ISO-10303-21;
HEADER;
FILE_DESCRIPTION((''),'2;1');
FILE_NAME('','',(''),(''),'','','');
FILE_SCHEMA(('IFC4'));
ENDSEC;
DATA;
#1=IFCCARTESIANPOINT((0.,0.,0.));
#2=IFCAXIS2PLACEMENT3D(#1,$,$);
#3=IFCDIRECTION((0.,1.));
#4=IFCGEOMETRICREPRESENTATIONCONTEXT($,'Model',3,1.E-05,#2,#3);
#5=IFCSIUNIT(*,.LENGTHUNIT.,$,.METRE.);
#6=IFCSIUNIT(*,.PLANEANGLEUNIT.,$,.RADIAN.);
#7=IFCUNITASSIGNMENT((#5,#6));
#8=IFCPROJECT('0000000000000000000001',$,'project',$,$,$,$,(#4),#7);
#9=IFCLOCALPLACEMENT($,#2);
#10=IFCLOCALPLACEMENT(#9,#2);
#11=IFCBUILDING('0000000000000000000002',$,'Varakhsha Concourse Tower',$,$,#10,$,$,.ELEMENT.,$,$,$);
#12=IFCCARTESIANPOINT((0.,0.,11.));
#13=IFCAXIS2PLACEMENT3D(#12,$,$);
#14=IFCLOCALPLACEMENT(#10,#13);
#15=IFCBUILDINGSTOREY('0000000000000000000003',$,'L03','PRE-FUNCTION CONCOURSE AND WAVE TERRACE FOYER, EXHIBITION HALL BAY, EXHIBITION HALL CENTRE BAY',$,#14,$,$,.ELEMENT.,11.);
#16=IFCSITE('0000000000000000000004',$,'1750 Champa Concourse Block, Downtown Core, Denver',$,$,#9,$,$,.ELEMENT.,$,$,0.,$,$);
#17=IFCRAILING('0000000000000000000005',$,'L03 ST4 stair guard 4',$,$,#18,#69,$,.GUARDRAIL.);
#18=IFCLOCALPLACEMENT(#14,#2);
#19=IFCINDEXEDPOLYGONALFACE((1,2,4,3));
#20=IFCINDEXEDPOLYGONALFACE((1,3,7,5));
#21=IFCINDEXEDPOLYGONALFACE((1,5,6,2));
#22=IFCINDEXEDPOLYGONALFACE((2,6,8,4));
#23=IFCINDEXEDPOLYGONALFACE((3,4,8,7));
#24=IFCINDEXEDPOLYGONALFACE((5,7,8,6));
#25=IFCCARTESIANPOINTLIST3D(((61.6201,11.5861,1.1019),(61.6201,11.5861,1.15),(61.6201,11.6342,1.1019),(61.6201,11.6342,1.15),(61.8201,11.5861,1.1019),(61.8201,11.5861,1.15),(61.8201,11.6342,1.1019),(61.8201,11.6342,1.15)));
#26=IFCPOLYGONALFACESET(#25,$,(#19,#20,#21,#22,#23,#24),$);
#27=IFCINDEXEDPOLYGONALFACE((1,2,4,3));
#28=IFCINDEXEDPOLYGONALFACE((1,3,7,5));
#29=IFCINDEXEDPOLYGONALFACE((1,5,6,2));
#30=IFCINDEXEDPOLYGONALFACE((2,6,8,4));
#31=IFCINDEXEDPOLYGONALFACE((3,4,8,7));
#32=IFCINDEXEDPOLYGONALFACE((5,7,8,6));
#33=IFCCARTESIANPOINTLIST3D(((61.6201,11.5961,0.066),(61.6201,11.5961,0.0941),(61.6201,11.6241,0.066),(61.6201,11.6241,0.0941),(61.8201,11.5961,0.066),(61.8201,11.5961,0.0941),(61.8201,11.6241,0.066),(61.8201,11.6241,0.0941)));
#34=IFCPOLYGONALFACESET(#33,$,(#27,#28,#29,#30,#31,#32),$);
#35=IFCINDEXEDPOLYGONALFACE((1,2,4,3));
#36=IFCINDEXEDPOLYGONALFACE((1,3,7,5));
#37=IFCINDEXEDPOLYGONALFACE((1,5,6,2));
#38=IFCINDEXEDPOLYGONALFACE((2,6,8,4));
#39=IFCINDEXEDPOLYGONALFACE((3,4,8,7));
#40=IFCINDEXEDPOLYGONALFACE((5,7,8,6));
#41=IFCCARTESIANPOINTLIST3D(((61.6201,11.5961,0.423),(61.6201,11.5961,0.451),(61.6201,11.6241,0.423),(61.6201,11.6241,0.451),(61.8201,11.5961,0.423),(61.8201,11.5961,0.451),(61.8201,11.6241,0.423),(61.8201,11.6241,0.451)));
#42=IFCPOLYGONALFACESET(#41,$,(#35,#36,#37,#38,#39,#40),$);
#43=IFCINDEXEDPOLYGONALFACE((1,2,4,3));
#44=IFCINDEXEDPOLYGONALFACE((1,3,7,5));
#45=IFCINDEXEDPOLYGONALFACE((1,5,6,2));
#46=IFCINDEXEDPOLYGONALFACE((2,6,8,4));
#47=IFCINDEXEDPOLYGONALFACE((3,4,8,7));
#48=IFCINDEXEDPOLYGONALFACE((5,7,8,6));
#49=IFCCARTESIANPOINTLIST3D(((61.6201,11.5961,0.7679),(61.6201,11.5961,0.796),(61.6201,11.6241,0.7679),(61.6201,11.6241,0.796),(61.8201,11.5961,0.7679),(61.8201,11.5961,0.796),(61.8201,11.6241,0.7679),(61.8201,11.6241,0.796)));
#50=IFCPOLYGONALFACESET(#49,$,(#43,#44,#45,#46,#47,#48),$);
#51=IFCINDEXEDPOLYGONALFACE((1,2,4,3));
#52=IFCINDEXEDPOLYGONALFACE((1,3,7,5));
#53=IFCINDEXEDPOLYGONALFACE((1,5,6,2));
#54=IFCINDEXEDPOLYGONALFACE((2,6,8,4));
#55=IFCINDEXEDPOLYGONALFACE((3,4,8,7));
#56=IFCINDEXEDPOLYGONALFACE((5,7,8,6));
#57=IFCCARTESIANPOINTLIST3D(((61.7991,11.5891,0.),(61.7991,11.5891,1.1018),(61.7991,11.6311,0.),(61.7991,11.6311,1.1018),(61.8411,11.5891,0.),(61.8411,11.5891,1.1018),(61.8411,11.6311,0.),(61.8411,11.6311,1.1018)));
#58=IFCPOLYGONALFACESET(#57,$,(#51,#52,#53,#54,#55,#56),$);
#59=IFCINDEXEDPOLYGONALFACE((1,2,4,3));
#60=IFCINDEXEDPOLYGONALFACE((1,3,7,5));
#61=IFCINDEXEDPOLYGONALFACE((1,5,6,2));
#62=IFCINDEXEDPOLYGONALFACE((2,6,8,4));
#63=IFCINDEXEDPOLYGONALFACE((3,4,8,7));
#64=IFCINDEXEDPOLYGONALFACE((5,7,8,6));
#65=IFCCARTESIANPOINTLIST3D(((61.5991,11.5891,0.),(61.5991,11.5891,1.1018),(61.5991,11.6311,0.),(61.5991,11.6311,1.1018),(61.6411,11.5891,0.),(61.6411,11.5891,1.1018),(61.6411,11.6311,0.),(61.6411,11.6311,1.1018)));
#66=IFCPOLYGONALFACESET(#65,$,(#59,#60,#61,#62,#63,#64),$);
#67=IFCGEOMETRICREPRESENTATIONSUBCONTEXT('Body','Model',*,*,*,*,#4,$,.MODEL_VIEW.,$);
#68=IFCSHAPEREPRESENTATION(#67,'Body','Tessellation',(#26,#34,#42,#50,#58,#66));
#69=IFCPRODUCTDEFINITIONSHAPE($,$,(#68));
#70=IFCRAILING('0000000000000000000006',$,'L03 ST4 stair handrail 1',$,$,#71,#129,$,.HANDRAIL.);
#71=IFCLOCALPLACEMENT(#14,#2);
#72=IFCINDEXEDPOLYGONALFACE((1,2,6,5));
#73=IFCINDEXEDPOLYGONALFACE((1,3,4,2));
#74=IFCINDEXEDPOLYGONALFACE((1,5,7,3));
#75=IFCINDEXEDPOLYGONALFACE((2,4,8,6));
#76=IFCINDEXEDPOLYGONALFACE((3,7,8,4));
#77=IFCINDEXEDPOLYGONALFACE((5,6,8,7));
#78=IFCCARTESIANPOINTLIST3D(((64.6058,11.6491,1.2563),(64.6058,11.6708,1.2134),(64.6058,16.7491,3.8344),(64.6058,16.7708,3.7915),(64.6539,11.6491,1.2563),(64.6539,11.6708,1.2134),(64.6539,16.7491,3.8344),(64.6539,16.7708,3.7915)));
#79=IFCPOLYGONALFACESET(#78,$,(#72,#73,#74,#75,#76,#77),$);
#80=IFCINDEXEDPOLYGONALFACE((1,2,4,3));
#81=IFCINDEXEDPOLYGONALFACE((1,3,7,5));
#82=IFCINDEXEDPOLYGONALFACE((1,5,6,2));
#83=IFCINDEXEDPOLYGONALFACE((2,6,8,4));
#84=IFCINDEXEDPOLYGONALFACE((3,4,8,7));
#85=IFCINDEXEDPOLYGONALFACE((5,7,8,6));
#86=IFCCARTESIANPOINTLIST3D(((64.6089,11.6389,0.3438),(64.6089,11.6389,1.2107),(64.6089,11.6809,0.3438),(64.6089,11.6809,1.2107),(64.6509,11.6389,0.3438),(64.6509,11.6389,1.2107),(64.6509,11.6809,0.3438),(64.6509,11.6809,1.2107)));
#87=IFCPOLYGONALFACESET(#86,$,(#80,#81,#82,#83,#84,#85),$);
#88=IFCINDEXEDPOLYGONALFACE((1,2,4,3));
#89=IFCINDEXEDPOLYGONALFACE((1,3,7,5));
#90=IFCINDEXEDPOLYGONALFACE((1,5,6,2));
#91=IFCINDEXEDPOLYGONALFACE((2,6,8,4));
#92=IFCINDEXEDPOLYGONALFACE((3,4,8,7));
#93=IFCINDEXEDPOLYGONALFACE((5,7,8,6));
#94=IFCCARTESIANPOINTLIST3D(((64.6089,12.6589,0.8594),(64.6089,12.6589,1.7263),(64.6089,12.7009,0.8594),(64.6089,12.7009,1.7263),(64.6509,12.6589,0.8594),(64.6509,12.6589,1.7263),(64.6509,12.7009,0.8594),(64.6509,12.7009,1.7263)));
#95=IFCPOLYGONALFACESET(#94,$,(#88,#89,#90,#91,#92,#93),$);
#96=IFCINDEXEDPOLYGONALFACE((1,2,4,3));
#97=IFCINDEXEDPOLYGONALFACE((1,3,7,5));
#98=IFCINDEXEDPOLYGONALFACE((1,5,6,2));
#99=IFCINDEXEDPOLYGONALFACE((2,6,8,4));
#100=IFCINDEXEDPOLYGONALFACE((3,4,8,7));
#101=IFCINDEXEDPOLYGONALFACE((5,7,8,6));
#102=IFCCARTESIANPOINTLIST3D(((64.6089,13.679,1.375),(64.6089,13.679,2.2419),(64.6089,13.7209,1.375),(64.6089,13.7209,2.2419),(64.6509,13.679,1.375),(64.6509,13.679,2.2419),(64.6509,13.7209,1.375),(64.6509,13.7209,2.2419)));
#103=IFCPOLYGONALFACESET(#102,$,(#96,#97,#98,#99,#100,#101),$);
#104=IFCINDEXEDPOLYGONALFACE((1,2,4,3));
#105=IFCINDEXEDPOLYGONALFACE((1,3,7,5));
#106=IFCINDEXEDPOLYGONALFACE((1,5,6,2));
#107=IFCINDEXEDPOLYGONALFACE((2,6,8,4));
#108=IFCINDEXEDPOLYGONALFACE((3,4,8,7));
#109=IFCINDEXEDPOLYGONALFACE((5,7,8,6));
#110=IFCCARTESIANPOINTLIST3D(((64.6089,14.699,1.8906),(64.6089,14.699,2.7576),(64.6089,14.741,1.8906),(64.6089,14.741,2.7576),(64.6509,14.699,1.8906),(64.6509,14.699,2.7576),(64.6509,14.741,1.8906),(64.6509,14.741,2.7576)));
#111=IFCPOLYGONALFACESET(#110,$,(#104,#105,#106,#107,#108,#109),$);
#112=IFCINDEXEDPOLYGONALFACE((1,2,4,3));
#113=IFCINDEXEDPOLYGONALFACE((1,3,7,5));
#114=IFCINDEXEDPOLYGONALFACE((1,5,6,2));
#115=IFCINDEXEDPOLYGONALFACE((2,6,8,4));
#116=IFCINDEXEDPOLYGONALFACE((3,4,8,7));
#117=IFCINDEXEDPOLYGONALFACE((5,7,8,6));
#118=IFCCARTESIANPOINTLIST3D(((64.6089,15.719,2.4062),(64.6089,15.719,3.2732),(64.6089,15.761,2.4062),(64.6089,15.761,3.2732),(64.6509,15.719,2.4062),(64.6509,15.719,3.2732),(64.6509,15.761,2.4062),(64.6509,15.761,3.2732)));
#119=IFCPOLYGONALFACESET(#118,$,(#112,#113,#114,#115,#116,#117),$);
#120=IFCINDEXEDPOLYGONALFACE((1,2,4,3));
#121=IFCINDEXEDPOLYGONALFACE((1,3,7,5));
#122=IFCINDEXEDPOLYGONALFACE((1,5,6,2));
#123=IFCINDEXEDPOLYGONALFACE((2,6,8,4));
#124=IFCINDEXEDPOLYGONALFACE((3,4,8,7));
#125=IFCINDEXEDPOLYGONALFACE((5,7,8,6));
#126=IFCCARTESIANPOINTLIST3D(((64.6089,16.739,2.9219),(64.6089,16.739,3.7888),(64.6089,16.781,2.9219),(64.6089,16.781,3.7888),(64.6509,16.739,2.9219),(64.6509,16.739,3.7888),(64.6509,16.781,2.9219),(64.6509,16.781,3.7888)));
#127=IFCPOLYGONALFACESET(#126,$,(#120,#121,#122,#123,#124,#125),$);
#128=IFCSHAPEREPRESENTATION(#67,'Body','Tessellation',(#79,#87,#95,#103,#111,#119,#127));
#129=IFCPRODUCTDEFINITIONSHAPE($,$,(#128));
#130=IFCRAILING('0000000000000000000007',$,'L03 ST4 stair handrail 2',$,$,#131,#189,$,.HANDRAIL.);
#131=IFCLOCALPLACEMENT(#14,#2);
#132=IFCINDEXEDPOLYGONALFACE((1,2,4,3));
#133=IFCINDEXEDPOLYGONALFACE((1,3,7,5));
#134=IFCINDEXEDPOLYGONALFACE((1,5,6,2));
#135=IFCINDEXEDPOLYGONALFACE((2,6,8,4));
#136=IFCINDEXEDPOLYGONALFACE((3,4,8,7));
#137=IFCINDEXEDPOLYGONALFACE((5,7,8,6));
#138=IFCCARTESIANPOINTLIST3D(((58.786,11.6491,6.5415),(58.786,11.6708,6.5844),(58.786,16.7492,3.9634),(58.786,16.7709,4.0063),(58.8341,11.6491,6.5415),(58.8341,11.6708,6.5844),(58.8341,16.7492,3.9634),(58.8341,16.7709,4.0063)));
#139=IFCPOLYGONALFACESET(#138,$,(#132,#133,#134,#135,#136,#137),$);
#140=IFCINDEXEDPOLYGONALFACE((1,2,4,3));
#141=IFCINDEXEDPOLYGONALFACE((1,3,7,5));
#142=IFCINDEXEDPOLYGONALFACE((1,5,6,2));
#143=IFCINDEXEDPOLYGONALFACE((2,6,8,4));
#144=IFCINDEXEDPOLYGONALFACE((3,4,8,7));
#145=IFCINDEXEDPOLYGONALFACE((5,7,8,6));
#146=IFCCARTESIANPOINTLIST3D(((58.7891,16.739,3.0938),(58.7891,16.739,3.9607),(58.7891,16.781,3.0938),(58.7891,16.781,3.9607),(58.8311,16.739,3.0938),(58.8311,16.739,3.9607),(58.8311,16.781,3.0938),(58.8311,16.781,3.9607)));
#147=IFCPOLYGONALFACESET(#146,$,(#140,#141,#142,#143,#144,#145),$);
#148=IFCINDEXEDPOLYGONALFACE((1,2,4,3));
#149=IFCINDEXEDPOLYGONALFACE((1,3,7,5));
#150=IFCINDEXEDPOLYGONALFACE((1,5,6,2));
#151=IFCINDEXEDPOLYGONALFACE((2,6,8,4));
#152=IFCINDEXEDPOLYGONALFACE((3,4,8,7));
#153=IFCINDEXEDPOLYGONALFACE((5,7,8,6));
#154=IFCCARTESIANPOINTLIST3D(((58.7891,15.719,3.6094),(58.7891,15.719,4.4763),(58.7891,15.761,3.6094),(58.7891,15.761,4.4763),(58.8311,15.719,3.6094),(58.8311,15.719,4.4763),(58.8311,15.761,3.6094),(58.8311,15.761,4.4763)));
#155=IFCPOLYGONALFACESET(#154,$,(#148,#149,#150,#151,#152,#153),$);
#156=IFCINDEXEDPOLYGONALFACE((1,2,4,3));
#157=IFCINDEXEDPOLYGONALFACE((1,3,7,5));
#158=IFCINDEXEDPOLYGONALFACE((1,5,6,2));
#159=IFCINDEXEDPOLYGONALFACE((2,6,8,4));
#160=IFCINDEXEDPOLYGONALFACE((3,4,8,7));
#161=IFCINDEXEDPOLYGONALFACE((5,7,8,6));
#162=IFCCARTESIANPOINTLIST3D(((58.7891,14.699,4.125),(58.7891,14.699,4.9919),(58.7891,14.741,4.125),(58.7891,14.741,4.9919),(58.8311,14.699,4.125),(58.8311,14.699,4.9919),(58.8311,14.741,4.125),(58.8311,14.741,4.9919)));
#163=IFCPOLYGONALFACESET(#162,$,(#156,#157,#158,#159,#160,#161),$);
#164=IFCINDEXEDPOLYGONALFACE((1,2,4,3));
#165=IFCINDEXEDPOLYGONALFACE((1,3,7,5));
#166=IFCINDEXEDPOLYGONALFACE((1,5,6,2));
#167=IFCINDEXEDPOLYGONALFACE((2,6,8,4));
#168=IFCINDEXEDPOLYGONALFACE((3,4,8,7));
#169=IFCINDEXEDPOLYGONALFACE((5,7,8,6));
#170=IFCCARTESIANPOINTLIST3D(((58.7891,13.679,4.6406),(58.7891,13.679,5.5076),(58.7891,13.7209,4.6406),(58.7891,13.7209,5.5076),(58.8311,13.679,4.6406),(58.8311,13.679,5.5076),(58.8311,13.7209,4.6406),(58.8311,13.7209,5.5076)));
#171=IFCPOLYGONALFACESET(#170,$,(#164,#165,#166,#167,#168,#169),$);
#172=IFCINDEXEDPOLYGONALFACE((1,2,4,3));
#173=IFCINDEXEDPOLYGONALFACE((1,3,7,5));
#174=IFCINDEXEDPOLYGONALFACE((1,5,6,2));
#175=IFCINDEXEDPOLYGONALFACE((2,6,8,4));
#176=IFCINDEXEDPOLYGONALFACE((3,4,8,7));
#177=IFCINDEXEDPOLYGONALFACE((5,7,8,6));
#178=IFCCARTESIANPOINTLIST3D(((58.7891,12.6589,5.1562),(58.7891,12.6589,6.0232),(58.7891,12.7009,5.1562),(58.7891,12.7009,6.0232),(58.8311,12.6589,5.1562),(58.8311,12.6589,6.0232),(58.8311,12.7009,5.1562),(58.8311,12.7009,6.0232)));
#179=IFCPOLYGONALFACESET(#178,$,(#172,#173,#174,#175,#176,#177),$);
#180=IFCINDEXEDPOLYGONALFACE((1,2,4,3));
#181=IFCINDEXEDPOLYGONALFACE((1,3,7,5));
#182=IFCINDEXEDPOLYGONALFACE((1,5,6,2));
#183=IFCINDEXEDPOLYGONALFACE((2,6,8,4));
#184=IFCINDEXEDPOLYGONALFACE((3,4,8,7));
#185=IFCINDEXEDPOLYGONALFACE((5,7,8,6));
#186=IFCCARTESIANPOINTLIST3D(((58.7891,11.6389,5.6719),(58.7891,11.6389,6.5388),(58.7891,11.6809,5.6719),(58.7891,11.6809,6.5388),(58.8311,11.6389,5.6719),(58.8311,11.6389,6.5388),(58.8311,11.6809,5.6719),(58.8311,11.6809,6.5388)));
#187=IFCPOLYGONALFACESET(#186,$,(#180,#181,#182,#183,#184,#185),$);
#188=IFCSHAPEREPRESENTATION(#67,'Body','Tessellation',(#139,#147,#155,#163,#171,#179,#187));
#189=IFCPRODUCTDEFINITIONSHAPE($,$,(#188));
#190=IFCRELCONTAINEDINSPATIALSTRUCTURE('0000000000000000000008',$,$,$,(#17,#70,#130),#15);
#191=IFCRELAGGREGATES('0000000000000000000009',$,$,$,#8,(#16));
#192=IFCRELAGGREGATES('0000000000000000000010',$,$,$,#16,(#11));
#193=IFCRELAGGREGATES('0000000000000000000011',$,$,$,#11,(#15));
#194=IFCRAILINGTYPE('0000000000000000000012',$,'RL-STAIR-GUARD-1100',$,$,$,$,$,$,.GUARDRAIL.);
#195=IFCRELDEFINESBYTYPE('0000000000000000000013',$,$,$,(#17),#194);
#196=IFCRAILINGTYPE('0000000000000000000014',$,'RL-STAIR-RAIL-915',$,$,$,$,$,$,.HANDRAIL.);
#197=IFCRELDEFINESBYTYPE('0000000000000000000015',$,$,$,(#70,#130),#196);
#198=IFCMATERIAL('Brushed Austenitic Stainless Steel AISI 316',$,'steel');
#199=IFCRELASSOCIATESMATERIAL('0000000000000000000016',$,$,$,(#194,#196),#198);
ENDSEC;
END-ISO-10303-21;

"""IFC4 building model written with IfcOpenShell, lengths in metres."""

from ifc_helpers import new_model, si_unit, direction, frame, origin, origin_2d, place, context, subcontext, project, spatial, rectangle, extrude, material, type_object, element, save


model = new_model("IFC4")

# Units and contexts
model_context = context("Model", 3, precision=1e-05, world=origin(), true_north=direction((0.0, 1.0)))
body_context = subcontext(model_context, "Body", "Model", "MODEL_VIEW")
ifc_project = project(units=[si_unit("LENGTHUNIT", "METRE"), si_unit("PLANEANGLEUNIT", "RADIAN")], contexts=[model_context])

# Site, building, storey
site_placement = place(None, origin())
site = spatial("IfcSite", under=ifc_project, at=site_placement, Name="1750 Champa Concourse Block, Downtown Core, Denver", CompositionType="ELEMENT", RefElevation=0.0)
building_placement = place(site_placement, origin())
building = spatial("IfcBuilding", under=site, at=building_placement, Name="Varakhsha Concourse Tower", CompositionType="ELEMENT")
storey_placement = place(building_placement, frame((0.0, 0.0, 11.0)))
storey = spatial("IfcBuildingStorey", under=building, at=storey_placement, Name="L03", Description="PRE-FUNCTION CONCOURSE AND WAVE TERRACE FOYER, EXHIBITION HALL BAY, EXHIBITION HALL CENTRE BAY", CompositionType="ELEMENT", Elevation=11.0)

# Railings
ifc_material_1 = material(Name="Brushed Austenitic Stainless Steel AISI 316", Category="steel")
railing_type_1 = type_object("IfcRailingType", Name="RL-STAIR-GUARD-1100", PredefinedType="GUARDRAIL", material=ifc_material_1)
railing_1_placement = place(storey_placement, frame((61.8201, 11.6101, 0.0)))
element("IfcRailing", 1, at=railing_1_placement, inside=storey, type_object=railing_type_1, Name="L03 ST4 stair guard 4", PredefinedType="GUARDRAIL", context=body_context, shape_type="SweptSolid", body=[
    extrude(rectangle(XDim=0.0481, YDim=0.0481, at=origin_2d()), frame((0.0, 0.0, 1.126), z_axis=(-1.0, 0.0, 0.0), x_axis=(0.0, -1.0, 0.0)), (0.0, 0.0, 1.0), 0.2),
    extrude(rectangle(XDim=0.0281, YDim=0.0281, at=origin_2d()), frame((0.0, 0.0, 0.0801), z_axis=(-1.0, 0.0, 0.0), x_axis=(0.0, -1.0, 0.0)), (0.0, 0.0, 1.0), 0.2),
    extrude(rectangle(XDim=0.0281, YDim=0.0281, at=origin_2d()), frame((0.0, 0.0, 0.437), z_axis=(-1.0, 0.0, 0.0), x_axis=(0.0, -1.0, 0.0)), (0.0, 0.0, 1.0), 0.2),
    extrude(rectangle(XDim=0.0281, YDim=0.0281, at=origin_2d()), frame((0.0, 0.0, 0.782), z_axis=(-1.0, 0.0, 0.0), x_axis=(0.0, -1.0, 0.0)), (0.0, 0.0, 1.0), 0.2),
    extrude(rectangle(XDim=0.042, YDim=0.042, at=origin_2d()), origin(), (0.0, 0.0, 1.0), 1.1018),
    extrude(rectangle(XDim=0.042, YDim=0.042, at=origin_2d()), frame((-0.2, 0.0, 0.0)), (0.0, 0.0, 1.0), 1.1018),
])
railing_type_2 = type_object("IfcRailingType", Name="RL-STAIR-RAIL-915", PredefinedType="HANDRAIL", material=ifc_material_1)
railing_2_placement = place(storey_placement, frame((64.6299, 11.6599, 0.3438)))
element("IfcRailing", 2, at=railing_2_placement, inside=storey, type_object=railing_type_2, Name="L03 ST4 stair handrail 1", PredefinedType="HANDRAIL", context=body_context, shape_type="SweptSolid", body=[
    extrude(rectangle(XDim=0.0481, YDim=0.0481, at=origin_2d()), frame((0.0, 0.0, 0.8911), z_axis=(0.0, 0.892453, 0.45114), x_axis=(-1.0, 0.0, 0.0)), (0.0, 0.0, 1.0), 5.7146),
    extrude(rectangle(XDim=0.042, YDim=0.042, at=origin_2d()), origin(), (0.0, 0.0, 1.0), 0.8669),
    extrude(rectangle(XDim=0.042, YDim=0.042, at=origin_2d()), frame((0.0, 1.02, 0.5156)), (0.0, 0.0, 1.0), 0.8669),
    extrude(rectangle(XDim=0.042, YDim=0.042, at=origin_2d()), frame((0.0, 2.04, 1.0312)), (0.0, 0.0, 1.0), 0.8669),
    extrude(rectangle(XDim=0.042, YDim=0.042, at=origin_2d()), frame((0.0, 3.0601, 1.5469)), (0.0, 0.0, 1.0), 0.8669),
    extrude(rectangle(XDim=0.042, YDim=0.042, at=origin_2d()), frame((0.0, 4.0801, 2.0625)), (0.0, 0.0, 1.0), 0.8669),
    extrude(rectangle(XDim=0.042, YDim=0.042, at=origin_2d()), frame((0.0, 5.1001, 2.5781)), (0.0, 0.0, 1.0), 0.8669),
])
railing_3_placement = place(storey_placement, frame((58.8101, 16.76, 3.0938)))
element("IfcRailing", 3, at=railing_3_placement, inside=storey, type_object=railing_type_2, Name="L03 ST4 stair handrail 2", PredefinedType="HANDRAIL", context=body_context, shape_type="SweptSolid", body=[
    extrude(rectangle(XDim=0.0481, YDim=0.0481, at=origin_2d()), frame((0.0, 0.0, 0.8911), z_axis=(0.0, -0.892453, 0.45114), x_axis=(1.0, 0.0, 0.0)), (0.0, 0.0, 1.0), 5.7146),
    extrude(rectangle(XDim=0.042, YDim=0.042, at=origin_2d()), origin(), (0.0, 0.0, 1.0), 0.8669),
    extrude(rectangle(XDim=0.042, YDim=0.042, at=origin_2d()), frame((0.0, -1.02, 0.5156)), (0.0, 0.0, 1.0), 0.8669),
    extrude(rectangle(XDim=0.042, YDim=0.042, at=origin_2d()), frame((0.0, -2.04, 1.0312)), (0.0, 0.0, 1.0), 0.8669),
    extrude(rectangle(XDim=0.042, YDim=0.042, at=origin_2d()), frame((0.0, -3.0601, 1.5469)), (0.0, 0.0, 1.0), 0.8669),
    extrude(rectangle(XDim=0.042, YDim=0.042, at=origin_2d()), frame((0.0, -4.0801, 2.0625)), (0.0, 0.0, 1.0), 0.8669),
    extrude(rectangle(XDim=0.042, YDim=0.042, at=origin_2d()), frame((0.0, -5.1001, 2.5781)), (0.0, 0.0, 1.0), 0.8669),
])

save(model, "model.ifc")
